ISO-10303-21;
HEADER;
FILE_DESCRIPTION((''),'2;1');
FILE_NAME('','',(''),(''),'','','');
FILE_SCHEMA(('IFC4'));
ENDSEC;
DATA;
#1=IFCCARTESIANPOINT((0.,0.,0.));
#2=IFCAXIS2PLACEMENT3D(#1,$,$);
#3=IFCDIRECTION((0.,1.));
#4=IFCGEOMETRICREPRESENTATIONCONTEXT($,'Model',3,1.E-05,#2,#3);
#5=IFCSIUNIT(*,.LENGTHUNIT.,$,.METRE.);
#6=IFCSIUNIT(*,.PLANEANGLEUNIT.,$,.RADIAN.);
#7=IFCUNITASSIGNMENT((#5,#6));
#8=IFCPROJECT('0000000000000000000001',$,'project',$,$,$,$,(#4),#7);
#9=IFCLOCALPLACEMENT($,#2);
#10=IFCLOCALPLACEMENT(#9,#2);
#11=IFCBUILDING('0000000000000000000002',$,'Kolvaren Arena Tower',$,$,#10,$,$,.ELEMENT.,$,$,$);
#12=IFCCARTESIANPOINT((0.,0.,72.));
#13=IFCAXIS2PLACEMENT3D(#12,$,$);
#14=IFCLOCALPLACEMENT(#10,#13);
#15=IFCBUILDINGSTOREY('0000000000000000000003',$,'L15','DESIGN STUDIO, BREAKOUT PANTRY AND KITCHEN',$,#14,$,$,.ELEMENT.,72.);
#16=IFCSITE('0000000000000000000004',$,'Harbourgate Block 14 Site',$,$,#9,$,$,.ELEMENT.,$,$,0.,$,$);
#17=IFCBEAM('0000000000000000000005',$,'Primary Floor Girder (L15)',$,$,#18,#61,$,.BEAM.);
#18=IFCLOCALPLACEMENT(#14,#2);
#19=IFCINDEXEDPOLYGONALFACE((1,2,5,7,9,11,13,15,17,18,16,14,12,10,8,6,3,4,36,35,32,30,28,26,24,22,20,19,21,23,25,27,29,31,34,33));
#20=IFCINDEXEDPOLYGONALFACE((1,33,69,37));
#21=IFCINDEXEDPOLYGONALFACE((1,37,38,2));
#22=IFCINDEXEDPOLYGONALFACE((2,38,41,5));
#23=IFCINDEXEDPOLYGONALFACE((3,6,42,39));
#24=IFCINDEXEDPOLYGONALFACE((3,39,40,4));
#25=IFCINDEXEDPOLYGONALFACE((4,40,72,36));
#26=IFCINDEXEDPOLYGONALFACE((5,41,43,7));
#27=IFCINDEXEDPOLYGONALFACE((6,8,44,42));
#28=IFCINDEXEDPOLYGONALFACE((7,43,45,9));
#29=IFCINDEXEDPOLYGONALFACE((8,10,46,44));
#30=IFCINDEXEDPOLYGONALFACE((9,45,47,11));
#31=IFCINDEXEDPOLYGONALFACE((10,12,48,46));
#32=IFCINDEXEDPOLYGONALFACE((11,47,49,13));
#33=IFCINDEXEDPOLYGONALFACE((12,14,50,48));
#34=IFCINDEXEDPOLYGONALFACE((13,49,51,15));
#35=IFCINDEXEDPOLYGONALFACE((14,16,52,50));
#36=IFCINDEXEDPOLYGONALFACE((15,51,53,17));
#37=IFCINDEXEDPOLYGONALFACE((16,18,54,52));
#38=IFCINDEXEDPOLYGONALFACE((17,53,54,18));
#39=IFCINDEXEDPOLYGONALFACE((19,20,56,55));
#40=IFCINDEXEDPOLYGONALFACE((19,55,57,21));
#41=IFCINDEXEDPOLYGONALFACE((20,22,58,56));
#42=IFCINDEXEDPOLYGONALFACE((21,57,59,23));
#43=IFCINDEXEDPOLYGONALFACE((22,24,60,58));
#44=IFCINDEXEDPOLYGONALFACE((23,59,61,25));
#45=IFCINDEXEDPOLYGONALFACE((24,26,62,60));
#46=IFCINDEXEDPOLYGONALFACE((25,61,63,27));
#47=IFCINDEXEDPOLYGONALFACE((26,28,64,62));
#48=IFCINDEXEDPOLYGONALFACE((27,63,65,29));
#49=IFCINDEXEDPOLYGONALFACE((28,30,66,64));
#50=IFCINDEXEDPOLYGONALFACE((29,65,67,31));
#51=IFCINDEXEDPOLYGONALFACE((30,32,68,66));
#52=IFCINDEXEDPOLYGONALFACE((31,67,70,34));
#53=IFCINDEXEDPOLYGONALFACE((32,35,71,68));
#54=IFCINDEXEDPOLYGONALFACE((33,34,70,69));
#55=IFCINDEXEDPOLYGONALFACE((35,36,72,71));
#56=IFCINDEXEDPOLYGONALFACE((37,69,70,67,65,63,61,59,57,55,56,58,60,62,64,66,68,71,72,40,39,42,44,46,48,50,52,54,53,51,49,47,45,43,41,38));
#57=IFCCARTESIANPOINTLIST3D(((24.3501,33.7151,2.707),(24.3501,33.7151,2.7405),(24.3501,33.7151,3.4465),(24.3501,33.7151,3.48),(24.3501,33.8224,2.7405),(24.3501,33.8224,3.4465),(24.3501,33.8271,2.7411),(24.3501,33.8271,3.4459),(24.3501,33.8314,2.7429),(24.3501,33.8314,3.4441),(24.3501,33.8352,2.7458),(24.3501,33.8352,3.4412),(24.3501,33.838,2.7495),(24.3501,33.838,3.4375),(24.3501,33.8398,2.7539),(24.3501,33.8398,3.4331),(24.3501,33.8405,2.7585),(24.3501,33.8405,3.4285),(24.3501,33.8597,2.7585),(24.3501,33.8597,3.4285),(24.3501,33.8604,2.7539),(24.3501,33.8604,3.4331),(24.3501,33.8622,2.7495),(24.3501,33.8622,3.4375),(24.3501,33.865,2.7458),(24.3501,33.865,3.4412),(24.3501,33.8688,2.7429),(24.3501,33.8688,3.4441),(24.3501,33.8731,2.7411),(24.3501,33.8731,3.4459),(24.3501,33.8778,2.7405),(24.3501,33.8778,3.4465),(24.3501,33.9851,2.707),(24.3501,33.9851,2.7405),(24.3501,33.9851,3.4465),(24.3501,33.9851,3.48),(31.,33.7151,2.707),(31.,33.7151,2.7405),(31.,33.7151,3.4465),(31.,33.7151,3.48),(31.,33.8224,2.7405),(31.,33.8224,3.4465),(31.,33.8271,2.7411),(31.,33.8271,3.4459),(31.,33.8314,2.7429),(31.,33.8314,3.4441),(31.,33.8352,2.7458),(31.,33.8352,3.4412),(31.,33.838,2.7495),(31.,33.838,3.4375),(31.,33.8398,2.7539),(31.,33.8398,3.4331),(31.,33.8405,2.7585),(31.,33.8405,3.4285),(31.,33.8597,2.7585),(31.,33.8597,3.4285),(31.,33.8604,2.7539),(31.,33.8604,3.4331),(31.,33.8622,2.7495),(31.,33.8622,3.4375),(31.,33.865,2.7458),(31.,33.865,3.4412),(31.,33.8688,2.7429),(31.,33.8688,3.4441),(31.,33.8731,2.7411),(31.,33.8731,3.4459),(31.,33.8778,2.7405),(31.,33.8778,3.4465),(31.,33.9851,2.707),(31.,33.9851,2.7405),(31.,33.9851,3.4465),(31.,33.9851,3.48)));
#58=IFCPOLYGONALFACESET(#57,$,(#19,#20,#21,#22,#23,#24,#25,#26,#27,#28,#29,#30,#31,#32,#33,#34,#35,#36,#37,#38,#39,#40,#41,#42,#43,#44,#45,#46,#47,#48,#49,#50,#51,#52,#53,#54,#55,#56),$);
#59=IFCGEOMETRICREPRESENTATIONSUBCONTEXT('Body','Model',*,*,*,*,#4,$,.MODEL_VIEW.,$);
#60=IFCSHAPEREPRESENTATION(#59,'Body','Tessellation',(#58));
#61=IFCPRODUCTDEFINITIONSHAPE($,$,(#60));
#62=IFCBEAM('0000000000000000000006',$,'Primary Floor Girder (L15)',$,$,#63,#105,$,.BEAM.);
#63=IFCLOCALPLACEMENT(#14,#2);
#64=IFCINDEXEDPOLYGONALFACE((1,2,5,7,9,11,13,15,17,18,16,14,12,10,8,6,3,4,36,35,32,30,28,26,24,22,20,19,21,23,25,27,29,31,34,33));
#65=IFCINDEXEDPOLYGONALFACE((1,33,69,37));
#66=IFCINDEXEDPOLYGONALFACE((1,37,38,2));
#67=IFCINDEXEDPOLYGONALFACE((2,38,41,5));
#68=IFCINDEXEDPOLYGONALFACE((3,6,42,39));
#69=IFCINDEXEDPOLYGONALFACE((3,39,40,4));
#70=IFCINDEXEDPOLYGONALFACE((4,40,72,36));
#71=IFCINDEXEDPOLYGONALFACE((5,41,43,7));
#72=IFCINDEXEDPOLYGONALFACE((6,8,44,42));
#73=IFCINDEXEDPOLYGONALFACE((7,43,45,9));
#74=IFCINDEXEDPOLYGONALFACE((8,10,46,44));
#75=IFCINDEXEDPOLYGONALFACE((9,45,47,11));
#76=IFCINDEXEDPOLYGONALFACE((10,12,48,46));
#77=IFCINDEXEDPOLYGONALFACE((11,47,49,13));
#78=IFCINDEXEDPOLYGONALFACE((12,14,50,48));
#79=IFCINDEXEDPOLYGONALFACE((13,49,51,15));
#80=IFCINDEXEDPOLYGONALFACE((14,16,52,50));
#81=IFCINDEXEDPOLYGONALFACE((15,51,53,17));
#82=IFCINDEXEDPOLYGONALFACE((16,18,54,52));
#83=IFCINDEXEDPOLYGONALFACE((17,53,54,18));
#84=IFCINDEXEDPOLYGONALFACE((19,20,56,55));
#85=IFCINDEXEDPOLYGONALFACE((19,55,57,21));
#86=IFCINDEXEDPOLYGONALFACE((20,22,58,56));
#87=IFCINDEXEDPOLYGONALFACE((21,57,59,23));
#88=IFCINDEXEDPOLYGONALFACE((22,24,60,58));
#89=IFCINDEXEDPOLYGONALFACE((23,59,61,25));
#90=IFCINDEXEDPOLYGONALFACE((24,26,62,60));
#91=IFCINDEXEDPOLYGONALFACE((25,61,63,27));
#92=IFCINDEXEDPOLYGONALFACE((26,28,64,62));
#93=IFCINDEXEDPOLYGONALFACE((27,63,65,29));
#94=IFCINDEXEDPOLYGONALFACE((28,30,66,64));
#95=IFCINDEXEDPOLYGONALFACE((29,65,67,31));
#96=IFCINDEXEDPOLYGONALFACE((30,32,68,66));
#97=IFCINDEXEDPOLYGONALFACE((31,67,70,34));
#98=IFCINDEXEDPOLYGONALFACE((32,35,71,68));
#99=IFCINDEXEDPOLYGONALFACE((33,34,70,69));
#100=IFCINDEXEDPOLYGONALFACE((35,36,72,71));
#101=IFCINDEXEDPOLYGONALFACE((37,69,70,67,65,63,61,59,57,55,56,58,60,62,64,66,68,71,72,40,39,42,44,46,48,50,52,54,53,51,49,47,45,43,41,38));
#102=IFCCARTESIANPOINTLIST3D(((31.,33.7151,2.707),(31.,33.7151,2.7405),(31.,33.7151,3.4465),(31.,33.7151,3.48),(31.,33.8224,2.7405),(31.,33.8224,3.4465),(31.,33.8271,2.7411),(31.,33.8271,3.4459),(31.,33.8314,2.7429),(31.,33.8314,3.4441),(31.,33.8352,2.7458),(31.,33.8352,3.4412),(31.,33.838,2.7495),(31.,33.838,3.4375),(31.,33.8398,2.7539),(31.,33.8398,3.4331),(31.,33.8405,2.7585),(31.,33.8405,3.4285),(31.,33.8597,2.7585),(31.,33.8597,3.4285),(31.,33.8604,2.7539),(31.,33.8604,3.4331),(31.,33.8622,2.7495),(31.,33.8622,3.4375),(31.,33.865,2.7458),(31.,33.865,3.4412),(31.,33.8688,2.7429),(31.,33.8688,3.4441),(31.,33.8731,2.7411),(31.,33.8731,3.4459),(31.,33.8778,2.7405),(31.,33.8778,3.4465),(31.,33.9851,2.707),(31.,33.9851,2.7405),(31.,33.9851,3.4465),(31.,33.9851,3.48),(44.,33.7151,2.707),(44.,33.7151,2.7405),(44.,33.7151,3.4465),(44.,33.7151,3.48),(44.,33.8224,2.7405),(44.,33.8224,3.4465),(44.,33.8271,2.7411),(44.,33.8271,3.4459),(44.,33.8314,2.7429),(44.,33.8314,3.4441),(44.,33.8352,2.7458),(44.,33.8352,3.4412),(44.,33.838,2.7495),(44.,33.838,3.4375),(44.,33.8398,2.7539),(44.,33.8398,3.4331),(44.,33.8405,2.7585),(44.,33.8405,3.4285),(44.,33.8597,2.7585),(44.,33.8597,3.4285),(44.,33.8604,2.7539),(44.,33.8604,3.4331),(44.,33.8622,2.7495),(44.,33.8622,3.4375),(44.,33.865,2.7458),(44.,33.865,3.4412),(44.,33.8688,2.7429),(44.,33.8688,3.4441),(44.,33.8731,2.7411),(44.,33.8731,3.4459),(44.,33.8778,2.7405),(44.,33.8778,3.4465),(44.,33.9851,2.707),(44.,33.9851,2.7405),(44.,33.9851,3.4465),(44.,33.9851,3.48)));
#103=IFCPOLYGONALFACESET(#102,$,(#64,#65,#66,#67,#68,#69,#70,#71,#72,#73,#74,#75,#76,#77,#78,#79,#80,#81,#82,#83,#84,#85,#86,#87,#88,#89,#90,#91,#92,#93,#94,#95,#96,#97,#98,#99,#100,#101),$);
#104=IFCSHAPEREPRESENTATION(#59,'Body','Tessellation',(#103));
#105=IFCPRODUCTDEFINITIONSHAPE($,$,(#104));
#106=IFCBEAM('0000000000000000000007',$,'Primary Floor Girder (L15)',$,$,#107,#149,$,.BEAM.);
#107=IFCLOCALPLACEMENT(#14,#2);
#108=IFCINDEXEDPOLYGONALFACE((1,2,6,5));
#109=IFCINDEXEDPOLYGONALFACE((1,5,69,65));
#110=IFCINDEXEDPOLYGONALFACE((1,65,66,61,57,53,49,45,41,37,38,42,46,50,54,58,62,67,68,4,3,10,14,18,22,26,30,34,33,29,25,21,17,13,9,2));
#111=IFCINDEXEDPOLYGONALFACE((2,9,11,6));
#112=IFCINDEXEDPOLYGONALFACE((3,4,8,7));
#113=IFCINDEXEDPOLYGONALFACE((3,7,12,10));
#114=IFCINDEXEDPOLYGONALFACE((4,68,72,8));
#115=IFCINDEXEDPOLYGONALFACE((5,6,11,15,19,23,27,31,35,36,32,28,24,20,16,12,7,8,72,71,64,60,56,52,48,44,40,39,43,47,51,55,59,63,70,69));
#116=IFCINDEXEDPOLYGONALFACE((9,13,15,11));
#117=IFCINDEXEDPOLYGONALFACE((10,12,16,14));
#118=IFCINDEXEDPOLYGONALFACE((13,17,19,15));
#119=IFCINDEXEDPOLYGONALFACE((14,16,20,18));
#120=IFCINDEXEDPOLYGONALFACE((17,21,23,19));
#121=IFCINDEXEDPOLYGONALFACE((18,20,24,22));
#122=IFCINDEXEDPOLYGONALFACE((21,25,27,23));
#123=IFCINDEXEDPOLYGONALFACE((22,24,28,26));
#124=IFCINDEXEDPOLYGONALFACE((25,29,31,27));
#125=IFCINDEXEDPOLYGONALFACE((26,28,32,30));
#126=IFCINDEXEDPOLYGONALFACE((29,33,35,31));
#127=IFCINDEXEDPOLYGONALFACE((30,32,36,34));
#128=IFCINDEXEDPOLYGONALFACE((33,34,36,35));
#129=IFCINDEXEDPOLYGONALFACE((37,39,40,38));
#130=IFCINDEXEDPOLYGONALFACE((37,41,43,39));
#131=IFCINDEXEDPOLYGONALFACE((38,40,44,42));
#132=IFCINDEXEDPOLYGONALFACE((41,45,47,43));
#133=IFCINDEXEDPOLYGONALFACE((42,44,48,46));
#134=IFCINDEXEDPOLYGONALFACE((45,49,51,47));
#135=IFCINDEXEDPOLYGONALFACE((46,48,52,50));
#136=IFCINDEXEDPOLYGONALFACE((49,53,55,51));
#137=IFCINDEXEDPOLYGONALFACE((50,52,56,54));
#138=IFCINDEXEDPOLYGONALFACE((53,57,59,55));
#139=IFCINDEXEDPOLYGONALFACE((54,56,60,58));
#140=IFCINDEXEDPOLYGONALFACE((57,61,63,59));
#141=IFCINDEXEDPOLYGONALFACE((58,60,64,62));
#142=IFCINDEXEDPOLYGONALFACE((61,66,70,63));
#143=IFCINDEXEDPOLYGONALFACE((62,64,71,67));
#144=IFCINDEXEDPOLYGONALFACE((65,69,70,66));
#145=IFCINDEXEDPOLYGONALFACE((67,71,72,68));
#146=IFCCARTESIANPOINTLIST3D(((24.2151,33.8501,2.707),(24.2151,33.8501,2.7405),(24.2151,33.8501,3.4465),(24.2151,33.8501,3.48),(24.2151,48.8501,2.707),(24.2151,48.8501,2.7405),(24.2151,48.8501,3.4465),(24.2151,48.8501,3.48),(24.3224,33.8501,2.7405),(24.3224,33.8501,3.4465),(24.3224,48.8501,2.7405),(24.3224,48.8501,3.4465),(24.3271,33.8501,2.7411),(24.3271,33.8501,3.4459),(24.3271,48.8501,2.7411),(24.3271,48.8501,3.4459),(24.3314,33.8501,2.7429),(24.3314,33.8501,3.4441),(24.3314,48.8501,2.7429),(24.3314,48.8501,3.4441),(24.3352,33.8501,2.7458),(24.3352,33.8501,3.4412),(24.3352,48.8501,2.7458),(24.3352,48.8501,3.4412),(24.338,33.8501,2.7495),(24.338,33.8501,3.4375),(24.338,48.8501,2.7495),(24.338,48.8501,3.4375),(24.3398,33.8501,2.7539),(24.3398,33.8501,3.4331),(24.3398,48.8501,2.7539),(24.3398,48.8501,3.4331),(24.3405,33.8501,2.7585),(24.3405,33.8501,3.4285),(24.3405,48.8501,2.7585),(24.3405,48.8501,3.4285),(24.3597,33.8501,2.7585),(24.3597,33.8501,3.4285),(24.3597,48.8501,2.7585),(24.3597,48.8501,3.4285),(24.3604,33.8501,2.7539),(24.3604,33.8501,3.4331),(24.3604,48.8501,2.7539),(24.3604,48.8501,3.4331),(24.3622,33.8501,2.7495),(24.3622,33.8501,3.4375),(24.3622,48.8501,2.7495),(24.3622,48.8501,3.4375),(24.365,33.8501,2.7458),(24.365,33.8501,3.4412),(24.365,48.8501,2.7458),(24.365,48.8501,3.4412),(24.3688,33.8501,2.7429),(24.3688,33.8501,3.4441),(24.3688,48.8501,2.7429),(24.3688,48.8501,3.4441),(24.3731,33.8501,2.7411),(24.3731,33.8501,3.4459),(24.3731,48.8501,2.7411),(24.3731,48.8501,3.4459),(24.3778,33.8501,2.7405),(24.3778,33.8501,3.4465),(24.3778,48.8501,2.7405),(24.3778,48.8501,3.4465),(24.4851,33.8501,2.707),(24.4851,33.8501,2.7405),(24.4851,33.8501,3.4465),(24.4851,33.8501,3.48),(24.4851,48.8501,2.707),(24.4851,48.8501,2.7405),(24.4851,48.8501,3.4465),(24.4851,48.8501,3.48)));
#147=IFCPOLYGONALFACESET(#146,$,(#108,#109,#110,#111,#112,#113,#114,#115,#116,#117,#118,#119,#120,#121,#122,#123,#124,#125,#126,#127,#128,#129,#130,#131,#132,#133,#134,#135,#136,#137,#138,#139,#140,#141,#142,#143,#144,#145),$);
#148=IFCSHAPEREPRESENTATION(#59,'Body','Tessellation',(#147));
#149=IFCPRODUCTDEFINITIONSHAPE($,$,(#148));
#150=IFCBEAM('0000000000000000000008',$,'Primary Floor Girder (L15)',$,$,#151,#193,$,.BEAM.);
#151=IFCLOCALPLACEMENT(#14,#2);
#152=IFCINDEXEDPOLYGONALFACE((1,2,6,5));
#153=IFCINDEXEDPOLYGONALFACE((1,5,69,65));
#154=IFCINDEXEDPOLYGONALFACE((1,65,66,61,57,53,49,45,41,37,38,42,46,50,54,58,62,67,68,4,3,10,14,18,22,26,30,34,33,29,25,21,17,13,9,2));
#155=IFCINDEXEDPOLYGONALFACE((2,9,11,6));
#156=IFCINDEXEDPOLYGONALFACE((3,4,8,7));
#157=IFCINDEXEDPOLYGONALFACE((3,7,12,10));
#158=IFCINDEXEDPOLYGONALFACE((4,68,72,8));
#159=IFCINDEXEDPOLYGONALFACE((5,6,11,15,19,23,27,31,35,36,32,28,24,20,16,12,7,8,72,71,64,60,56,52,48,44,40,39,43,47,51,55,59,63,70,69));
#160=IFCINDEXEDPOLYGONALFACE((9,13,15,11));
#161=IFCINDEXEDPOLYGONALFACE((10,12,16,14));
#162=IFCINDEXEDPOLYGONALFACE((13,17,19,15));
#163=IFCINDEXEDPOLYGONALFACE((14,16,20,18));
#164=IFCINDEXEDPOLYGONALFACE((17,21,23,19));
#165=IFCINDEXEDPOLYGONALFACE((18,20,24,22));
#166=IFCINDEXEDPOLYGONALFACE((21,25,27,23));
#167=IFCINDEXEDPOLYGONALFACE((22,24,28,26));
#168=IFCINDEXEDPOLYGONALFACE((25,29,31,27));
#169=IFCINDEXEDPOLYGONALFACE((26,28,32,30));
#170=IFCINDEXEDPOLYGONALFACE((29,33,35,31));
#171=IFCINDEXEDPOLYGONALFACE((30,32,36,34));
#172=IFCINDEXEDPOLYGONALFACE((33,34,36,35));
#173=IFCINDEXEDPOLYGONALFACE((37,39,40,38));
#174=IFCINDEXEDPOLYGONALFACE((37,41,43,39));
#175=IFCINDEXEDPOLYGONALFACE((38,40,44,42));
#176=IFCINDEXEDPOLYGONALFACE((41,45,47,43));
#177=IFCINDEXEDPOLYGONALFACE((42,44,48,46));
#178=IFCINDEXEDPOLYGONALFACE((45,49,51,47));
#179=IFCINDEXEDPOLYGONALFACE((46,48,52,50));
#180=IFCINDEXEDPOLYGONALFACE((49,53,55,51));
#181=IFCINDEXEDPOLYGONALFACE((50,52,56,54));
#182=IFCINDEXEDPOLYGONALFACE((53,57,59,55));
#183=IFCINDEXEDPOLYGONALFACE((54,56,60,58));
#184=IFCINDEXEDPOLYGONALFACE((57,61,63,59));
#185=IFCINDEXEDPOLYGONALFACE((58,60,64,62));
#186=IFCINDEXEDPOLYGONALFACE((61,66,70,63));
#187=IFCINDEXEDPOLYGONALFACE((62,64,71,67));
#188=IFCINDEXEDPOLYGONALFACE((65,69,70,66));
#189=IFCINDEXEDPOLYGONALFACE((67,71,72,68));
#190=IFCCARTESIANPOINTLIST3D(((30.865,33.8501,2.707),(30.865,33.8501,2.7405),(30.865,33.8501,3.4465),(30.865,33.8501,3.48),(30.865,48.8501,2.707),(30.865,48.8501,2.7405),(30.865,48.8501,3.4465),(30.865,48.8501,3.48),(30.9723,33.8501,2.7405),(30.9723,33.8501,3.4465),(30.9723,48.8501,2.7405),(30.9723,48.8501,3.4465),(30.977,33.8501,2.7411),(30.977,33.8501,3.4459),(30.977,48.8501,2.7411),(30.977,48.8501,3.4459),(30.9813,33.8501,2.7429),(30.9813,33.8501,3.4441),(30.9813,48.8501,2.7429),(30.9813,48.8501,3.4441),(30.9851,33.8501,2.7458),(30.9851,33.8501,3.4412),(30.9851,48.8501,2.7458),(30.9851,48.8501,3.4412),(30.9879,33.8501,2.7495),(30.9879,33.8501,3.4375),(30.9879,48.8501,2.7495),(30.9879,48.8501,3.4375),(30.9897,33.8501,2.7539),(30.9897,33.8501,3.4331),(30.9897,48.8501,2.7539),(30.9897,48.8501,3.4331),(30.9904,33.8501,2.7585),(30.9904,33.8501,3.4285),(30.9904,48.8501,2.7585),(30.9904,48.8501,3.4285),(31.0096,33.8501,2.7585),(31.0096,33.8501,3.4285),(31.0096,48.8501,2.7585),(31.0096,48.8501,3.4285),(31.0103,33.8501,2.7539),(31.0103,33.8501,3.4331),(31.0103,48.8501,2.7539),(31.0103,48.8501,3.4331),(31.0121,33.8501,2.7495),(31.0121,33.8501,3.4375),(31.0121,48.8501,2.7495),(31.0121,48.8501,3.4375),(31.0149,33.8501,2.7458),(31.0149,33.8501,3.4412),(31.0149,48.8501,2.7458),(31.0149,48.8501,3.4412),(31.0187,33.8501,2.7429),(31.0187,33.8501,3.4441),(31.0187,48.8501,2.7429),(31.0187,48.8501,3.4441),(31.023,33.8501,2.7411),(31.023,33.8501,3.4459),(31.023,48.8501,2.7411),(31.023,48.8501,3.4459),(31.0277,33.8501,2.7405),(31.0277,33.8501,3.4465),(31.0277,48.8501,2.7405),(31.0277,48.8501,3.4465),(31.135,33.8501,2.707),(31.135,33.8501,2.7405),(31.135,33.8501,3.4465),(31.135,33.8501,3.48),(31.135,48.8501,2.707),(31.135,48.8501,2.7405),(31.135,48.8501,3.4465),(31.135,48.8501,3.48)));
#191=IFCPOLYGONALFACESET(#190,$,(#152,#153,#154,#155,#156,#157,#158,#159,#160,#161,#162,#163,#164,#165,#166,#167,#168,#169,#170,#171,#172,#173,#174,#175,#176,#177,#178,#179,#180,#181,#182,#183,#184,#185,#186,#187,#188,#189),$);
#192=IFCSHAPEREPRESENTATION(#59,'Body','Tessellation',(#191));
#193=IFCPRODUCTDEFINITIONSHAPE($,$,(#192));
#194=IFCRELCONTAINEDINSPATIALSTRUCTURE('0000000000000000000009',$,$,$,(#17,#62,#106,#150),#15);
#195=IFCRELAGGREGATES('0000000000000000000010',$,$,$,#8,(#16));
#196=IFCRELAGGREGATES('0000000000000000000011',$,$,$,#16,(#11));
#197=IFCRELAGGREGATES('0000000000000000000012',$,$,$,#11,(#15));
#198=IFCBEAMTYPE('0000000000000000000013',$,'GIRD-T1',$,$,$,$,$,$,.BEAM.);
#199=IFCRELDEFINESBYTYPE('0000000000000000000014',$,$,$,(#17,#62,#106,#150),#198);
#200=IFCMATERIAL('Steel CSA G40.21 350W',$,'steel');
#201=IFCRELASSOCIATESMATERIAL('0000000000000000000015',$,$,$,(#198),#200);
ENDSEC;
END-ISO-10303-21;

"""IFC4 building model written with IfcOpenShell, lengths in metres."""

from ifc_helpers import new_model, si_unit, direction, frame, origin, origin_2d, place, context, subcontext, project, spatial, i_section, extrude, material, material_profile, profile_set, type_object, element, save


model = new_model("IFC4")

# Units and contexts
model_context = context("Model", 3, precision=1e-05, world=origin(), true_north=direction((0.0, 1.0)))
body_context = subcontext(model_context, "Body", "Model", "MODEL_VIEW")
ifc_project = project(units=[si_unit("LENGTHUNIT", "METRE"), si_unit("PLANEANGLEUNIT", "RADIAN")], contexts=[model_context])

# Site, building, storey
site_placement = place(None, origin())
site = spatial("IfcSite", under=ifc_project, at=site_placement, Name="Harbourgate Block 14 Site", CompositionType="ELEMENT", RefElevation=0.0)
building_placement = place(site_placement, origin())
building = spatial("IfcBuilding", under=site, at=building_placement, Name="Kolvaren Arena Tower", CompositionType="ELEMENT")
storey_placement = place(building_placement, frame((0.0, 0.0, 72.0)))
storey = spatial("IfcBuildingStorey", under=building, at=storey_placement, Name="L15", Description="DESIGN STUDIO, BREAKOUT PANTRY AND KITCHEN", CompositionType="ELEMENT", Elevation=72.0)

# Beams
ifc_material_1 = material(Name="Steel CSA G40.21 350W", Category="steel")
ifc_material_profile_1 = material_profile(ifc_material_1, i_section(OverallWidth=0.27, OverallDepth=0.7729, WebThickness=0.0193, FlangeThickness=0.0334, FilletRadius=0.0181, at=origin_2d()), Name="W760x257")
ifc_profile_set_1 = profile_set([ifc_material_profile_1], Name="Steel CSA G40.21 350W")
beam_type_1 = type_object("IfcBeamType", Name="GIRD-T1", PredefinedType="BEAM", material=ifc_profile_set_1)
beam_1_placement = place(storey_placement, frame((24.3501, 33.8501, 3.0935), z_axis=(1.0, 0.0, 0.0), x_axis=(0.0, 1.0, 0.0)))
element("IfcBeam", 1, at=beam_1_placement, inside=storey, type_object=beam_type_1, Name="Primary Floor Girder (L15)", PredefinedType="BEAM", context=body_context, shape_type="SweptSolid", body=[
    extrude(i_section(OverallWidth=0.27, OverallDepth=0.7729, WebThickness=0.0193, FlangeThickness=0.0334, FilletRadius=0.0181, at=origin_2d()), origin(), (0.0, 0.0, 1.0), 6.6499),
])
beam_2_placement = place(storey_placement, frame((31.0, 33.8501, 3.0935), z_axis=(1.0, 0.0, 0.0), x_axis=(0.0, 1.0, 0.0)))
element("IfcBeam", 2, at=beam_2_placement, inside=storey, type_object=beam_type_1, Name="Primary Floor Girder (L15)", PredefinedType="BEAM", context=body_context, shape_type="SweptSolid", body=[
    extrude(i_section(OverallWidth=0.27, OverallDepth=0.7729, WebThickness=0.0193, FlangeThickness=0.0334, FilletRadius=0.0181, at=origin_2d()), origin(), (0.0, 0.0, 1.0), 13.0),
])
for number, where, z_axis, x_axis, name in (
    (3, (24.3501, 33.8501, 3.0935), (0.0, 1.0, 0.0), (-1.0, 0.0, 0.0), "Primary Floor Girder (L15)"),
    (4, (31.0, 33.8501, 3.0935), (0.0, 1.0, 0.0), (-1.0, 0.0, 0.0), "Primary Floor Girder (L15)"),
):
    element("IfcBeam", number, at=place(storey_placement, frame(where, z_axis=z_axis, x_axis=x_axis)), inside=storey, type_object=beam_type_1, Name=name, PredefinedType="BEAM", context=body_context, shape_type="SweptSolid", body=[
        extrude(i_section(OverallWidth=0.27, OverallDepth=0.7729, WebThickness=0.0193, FlangeThickness=0.0334, FilletRadius=0.0181, at=origin_2d()), origin(), (0.0, 0.0, 1.0), 15.0),
    ])

save(model, "model.ifc")
